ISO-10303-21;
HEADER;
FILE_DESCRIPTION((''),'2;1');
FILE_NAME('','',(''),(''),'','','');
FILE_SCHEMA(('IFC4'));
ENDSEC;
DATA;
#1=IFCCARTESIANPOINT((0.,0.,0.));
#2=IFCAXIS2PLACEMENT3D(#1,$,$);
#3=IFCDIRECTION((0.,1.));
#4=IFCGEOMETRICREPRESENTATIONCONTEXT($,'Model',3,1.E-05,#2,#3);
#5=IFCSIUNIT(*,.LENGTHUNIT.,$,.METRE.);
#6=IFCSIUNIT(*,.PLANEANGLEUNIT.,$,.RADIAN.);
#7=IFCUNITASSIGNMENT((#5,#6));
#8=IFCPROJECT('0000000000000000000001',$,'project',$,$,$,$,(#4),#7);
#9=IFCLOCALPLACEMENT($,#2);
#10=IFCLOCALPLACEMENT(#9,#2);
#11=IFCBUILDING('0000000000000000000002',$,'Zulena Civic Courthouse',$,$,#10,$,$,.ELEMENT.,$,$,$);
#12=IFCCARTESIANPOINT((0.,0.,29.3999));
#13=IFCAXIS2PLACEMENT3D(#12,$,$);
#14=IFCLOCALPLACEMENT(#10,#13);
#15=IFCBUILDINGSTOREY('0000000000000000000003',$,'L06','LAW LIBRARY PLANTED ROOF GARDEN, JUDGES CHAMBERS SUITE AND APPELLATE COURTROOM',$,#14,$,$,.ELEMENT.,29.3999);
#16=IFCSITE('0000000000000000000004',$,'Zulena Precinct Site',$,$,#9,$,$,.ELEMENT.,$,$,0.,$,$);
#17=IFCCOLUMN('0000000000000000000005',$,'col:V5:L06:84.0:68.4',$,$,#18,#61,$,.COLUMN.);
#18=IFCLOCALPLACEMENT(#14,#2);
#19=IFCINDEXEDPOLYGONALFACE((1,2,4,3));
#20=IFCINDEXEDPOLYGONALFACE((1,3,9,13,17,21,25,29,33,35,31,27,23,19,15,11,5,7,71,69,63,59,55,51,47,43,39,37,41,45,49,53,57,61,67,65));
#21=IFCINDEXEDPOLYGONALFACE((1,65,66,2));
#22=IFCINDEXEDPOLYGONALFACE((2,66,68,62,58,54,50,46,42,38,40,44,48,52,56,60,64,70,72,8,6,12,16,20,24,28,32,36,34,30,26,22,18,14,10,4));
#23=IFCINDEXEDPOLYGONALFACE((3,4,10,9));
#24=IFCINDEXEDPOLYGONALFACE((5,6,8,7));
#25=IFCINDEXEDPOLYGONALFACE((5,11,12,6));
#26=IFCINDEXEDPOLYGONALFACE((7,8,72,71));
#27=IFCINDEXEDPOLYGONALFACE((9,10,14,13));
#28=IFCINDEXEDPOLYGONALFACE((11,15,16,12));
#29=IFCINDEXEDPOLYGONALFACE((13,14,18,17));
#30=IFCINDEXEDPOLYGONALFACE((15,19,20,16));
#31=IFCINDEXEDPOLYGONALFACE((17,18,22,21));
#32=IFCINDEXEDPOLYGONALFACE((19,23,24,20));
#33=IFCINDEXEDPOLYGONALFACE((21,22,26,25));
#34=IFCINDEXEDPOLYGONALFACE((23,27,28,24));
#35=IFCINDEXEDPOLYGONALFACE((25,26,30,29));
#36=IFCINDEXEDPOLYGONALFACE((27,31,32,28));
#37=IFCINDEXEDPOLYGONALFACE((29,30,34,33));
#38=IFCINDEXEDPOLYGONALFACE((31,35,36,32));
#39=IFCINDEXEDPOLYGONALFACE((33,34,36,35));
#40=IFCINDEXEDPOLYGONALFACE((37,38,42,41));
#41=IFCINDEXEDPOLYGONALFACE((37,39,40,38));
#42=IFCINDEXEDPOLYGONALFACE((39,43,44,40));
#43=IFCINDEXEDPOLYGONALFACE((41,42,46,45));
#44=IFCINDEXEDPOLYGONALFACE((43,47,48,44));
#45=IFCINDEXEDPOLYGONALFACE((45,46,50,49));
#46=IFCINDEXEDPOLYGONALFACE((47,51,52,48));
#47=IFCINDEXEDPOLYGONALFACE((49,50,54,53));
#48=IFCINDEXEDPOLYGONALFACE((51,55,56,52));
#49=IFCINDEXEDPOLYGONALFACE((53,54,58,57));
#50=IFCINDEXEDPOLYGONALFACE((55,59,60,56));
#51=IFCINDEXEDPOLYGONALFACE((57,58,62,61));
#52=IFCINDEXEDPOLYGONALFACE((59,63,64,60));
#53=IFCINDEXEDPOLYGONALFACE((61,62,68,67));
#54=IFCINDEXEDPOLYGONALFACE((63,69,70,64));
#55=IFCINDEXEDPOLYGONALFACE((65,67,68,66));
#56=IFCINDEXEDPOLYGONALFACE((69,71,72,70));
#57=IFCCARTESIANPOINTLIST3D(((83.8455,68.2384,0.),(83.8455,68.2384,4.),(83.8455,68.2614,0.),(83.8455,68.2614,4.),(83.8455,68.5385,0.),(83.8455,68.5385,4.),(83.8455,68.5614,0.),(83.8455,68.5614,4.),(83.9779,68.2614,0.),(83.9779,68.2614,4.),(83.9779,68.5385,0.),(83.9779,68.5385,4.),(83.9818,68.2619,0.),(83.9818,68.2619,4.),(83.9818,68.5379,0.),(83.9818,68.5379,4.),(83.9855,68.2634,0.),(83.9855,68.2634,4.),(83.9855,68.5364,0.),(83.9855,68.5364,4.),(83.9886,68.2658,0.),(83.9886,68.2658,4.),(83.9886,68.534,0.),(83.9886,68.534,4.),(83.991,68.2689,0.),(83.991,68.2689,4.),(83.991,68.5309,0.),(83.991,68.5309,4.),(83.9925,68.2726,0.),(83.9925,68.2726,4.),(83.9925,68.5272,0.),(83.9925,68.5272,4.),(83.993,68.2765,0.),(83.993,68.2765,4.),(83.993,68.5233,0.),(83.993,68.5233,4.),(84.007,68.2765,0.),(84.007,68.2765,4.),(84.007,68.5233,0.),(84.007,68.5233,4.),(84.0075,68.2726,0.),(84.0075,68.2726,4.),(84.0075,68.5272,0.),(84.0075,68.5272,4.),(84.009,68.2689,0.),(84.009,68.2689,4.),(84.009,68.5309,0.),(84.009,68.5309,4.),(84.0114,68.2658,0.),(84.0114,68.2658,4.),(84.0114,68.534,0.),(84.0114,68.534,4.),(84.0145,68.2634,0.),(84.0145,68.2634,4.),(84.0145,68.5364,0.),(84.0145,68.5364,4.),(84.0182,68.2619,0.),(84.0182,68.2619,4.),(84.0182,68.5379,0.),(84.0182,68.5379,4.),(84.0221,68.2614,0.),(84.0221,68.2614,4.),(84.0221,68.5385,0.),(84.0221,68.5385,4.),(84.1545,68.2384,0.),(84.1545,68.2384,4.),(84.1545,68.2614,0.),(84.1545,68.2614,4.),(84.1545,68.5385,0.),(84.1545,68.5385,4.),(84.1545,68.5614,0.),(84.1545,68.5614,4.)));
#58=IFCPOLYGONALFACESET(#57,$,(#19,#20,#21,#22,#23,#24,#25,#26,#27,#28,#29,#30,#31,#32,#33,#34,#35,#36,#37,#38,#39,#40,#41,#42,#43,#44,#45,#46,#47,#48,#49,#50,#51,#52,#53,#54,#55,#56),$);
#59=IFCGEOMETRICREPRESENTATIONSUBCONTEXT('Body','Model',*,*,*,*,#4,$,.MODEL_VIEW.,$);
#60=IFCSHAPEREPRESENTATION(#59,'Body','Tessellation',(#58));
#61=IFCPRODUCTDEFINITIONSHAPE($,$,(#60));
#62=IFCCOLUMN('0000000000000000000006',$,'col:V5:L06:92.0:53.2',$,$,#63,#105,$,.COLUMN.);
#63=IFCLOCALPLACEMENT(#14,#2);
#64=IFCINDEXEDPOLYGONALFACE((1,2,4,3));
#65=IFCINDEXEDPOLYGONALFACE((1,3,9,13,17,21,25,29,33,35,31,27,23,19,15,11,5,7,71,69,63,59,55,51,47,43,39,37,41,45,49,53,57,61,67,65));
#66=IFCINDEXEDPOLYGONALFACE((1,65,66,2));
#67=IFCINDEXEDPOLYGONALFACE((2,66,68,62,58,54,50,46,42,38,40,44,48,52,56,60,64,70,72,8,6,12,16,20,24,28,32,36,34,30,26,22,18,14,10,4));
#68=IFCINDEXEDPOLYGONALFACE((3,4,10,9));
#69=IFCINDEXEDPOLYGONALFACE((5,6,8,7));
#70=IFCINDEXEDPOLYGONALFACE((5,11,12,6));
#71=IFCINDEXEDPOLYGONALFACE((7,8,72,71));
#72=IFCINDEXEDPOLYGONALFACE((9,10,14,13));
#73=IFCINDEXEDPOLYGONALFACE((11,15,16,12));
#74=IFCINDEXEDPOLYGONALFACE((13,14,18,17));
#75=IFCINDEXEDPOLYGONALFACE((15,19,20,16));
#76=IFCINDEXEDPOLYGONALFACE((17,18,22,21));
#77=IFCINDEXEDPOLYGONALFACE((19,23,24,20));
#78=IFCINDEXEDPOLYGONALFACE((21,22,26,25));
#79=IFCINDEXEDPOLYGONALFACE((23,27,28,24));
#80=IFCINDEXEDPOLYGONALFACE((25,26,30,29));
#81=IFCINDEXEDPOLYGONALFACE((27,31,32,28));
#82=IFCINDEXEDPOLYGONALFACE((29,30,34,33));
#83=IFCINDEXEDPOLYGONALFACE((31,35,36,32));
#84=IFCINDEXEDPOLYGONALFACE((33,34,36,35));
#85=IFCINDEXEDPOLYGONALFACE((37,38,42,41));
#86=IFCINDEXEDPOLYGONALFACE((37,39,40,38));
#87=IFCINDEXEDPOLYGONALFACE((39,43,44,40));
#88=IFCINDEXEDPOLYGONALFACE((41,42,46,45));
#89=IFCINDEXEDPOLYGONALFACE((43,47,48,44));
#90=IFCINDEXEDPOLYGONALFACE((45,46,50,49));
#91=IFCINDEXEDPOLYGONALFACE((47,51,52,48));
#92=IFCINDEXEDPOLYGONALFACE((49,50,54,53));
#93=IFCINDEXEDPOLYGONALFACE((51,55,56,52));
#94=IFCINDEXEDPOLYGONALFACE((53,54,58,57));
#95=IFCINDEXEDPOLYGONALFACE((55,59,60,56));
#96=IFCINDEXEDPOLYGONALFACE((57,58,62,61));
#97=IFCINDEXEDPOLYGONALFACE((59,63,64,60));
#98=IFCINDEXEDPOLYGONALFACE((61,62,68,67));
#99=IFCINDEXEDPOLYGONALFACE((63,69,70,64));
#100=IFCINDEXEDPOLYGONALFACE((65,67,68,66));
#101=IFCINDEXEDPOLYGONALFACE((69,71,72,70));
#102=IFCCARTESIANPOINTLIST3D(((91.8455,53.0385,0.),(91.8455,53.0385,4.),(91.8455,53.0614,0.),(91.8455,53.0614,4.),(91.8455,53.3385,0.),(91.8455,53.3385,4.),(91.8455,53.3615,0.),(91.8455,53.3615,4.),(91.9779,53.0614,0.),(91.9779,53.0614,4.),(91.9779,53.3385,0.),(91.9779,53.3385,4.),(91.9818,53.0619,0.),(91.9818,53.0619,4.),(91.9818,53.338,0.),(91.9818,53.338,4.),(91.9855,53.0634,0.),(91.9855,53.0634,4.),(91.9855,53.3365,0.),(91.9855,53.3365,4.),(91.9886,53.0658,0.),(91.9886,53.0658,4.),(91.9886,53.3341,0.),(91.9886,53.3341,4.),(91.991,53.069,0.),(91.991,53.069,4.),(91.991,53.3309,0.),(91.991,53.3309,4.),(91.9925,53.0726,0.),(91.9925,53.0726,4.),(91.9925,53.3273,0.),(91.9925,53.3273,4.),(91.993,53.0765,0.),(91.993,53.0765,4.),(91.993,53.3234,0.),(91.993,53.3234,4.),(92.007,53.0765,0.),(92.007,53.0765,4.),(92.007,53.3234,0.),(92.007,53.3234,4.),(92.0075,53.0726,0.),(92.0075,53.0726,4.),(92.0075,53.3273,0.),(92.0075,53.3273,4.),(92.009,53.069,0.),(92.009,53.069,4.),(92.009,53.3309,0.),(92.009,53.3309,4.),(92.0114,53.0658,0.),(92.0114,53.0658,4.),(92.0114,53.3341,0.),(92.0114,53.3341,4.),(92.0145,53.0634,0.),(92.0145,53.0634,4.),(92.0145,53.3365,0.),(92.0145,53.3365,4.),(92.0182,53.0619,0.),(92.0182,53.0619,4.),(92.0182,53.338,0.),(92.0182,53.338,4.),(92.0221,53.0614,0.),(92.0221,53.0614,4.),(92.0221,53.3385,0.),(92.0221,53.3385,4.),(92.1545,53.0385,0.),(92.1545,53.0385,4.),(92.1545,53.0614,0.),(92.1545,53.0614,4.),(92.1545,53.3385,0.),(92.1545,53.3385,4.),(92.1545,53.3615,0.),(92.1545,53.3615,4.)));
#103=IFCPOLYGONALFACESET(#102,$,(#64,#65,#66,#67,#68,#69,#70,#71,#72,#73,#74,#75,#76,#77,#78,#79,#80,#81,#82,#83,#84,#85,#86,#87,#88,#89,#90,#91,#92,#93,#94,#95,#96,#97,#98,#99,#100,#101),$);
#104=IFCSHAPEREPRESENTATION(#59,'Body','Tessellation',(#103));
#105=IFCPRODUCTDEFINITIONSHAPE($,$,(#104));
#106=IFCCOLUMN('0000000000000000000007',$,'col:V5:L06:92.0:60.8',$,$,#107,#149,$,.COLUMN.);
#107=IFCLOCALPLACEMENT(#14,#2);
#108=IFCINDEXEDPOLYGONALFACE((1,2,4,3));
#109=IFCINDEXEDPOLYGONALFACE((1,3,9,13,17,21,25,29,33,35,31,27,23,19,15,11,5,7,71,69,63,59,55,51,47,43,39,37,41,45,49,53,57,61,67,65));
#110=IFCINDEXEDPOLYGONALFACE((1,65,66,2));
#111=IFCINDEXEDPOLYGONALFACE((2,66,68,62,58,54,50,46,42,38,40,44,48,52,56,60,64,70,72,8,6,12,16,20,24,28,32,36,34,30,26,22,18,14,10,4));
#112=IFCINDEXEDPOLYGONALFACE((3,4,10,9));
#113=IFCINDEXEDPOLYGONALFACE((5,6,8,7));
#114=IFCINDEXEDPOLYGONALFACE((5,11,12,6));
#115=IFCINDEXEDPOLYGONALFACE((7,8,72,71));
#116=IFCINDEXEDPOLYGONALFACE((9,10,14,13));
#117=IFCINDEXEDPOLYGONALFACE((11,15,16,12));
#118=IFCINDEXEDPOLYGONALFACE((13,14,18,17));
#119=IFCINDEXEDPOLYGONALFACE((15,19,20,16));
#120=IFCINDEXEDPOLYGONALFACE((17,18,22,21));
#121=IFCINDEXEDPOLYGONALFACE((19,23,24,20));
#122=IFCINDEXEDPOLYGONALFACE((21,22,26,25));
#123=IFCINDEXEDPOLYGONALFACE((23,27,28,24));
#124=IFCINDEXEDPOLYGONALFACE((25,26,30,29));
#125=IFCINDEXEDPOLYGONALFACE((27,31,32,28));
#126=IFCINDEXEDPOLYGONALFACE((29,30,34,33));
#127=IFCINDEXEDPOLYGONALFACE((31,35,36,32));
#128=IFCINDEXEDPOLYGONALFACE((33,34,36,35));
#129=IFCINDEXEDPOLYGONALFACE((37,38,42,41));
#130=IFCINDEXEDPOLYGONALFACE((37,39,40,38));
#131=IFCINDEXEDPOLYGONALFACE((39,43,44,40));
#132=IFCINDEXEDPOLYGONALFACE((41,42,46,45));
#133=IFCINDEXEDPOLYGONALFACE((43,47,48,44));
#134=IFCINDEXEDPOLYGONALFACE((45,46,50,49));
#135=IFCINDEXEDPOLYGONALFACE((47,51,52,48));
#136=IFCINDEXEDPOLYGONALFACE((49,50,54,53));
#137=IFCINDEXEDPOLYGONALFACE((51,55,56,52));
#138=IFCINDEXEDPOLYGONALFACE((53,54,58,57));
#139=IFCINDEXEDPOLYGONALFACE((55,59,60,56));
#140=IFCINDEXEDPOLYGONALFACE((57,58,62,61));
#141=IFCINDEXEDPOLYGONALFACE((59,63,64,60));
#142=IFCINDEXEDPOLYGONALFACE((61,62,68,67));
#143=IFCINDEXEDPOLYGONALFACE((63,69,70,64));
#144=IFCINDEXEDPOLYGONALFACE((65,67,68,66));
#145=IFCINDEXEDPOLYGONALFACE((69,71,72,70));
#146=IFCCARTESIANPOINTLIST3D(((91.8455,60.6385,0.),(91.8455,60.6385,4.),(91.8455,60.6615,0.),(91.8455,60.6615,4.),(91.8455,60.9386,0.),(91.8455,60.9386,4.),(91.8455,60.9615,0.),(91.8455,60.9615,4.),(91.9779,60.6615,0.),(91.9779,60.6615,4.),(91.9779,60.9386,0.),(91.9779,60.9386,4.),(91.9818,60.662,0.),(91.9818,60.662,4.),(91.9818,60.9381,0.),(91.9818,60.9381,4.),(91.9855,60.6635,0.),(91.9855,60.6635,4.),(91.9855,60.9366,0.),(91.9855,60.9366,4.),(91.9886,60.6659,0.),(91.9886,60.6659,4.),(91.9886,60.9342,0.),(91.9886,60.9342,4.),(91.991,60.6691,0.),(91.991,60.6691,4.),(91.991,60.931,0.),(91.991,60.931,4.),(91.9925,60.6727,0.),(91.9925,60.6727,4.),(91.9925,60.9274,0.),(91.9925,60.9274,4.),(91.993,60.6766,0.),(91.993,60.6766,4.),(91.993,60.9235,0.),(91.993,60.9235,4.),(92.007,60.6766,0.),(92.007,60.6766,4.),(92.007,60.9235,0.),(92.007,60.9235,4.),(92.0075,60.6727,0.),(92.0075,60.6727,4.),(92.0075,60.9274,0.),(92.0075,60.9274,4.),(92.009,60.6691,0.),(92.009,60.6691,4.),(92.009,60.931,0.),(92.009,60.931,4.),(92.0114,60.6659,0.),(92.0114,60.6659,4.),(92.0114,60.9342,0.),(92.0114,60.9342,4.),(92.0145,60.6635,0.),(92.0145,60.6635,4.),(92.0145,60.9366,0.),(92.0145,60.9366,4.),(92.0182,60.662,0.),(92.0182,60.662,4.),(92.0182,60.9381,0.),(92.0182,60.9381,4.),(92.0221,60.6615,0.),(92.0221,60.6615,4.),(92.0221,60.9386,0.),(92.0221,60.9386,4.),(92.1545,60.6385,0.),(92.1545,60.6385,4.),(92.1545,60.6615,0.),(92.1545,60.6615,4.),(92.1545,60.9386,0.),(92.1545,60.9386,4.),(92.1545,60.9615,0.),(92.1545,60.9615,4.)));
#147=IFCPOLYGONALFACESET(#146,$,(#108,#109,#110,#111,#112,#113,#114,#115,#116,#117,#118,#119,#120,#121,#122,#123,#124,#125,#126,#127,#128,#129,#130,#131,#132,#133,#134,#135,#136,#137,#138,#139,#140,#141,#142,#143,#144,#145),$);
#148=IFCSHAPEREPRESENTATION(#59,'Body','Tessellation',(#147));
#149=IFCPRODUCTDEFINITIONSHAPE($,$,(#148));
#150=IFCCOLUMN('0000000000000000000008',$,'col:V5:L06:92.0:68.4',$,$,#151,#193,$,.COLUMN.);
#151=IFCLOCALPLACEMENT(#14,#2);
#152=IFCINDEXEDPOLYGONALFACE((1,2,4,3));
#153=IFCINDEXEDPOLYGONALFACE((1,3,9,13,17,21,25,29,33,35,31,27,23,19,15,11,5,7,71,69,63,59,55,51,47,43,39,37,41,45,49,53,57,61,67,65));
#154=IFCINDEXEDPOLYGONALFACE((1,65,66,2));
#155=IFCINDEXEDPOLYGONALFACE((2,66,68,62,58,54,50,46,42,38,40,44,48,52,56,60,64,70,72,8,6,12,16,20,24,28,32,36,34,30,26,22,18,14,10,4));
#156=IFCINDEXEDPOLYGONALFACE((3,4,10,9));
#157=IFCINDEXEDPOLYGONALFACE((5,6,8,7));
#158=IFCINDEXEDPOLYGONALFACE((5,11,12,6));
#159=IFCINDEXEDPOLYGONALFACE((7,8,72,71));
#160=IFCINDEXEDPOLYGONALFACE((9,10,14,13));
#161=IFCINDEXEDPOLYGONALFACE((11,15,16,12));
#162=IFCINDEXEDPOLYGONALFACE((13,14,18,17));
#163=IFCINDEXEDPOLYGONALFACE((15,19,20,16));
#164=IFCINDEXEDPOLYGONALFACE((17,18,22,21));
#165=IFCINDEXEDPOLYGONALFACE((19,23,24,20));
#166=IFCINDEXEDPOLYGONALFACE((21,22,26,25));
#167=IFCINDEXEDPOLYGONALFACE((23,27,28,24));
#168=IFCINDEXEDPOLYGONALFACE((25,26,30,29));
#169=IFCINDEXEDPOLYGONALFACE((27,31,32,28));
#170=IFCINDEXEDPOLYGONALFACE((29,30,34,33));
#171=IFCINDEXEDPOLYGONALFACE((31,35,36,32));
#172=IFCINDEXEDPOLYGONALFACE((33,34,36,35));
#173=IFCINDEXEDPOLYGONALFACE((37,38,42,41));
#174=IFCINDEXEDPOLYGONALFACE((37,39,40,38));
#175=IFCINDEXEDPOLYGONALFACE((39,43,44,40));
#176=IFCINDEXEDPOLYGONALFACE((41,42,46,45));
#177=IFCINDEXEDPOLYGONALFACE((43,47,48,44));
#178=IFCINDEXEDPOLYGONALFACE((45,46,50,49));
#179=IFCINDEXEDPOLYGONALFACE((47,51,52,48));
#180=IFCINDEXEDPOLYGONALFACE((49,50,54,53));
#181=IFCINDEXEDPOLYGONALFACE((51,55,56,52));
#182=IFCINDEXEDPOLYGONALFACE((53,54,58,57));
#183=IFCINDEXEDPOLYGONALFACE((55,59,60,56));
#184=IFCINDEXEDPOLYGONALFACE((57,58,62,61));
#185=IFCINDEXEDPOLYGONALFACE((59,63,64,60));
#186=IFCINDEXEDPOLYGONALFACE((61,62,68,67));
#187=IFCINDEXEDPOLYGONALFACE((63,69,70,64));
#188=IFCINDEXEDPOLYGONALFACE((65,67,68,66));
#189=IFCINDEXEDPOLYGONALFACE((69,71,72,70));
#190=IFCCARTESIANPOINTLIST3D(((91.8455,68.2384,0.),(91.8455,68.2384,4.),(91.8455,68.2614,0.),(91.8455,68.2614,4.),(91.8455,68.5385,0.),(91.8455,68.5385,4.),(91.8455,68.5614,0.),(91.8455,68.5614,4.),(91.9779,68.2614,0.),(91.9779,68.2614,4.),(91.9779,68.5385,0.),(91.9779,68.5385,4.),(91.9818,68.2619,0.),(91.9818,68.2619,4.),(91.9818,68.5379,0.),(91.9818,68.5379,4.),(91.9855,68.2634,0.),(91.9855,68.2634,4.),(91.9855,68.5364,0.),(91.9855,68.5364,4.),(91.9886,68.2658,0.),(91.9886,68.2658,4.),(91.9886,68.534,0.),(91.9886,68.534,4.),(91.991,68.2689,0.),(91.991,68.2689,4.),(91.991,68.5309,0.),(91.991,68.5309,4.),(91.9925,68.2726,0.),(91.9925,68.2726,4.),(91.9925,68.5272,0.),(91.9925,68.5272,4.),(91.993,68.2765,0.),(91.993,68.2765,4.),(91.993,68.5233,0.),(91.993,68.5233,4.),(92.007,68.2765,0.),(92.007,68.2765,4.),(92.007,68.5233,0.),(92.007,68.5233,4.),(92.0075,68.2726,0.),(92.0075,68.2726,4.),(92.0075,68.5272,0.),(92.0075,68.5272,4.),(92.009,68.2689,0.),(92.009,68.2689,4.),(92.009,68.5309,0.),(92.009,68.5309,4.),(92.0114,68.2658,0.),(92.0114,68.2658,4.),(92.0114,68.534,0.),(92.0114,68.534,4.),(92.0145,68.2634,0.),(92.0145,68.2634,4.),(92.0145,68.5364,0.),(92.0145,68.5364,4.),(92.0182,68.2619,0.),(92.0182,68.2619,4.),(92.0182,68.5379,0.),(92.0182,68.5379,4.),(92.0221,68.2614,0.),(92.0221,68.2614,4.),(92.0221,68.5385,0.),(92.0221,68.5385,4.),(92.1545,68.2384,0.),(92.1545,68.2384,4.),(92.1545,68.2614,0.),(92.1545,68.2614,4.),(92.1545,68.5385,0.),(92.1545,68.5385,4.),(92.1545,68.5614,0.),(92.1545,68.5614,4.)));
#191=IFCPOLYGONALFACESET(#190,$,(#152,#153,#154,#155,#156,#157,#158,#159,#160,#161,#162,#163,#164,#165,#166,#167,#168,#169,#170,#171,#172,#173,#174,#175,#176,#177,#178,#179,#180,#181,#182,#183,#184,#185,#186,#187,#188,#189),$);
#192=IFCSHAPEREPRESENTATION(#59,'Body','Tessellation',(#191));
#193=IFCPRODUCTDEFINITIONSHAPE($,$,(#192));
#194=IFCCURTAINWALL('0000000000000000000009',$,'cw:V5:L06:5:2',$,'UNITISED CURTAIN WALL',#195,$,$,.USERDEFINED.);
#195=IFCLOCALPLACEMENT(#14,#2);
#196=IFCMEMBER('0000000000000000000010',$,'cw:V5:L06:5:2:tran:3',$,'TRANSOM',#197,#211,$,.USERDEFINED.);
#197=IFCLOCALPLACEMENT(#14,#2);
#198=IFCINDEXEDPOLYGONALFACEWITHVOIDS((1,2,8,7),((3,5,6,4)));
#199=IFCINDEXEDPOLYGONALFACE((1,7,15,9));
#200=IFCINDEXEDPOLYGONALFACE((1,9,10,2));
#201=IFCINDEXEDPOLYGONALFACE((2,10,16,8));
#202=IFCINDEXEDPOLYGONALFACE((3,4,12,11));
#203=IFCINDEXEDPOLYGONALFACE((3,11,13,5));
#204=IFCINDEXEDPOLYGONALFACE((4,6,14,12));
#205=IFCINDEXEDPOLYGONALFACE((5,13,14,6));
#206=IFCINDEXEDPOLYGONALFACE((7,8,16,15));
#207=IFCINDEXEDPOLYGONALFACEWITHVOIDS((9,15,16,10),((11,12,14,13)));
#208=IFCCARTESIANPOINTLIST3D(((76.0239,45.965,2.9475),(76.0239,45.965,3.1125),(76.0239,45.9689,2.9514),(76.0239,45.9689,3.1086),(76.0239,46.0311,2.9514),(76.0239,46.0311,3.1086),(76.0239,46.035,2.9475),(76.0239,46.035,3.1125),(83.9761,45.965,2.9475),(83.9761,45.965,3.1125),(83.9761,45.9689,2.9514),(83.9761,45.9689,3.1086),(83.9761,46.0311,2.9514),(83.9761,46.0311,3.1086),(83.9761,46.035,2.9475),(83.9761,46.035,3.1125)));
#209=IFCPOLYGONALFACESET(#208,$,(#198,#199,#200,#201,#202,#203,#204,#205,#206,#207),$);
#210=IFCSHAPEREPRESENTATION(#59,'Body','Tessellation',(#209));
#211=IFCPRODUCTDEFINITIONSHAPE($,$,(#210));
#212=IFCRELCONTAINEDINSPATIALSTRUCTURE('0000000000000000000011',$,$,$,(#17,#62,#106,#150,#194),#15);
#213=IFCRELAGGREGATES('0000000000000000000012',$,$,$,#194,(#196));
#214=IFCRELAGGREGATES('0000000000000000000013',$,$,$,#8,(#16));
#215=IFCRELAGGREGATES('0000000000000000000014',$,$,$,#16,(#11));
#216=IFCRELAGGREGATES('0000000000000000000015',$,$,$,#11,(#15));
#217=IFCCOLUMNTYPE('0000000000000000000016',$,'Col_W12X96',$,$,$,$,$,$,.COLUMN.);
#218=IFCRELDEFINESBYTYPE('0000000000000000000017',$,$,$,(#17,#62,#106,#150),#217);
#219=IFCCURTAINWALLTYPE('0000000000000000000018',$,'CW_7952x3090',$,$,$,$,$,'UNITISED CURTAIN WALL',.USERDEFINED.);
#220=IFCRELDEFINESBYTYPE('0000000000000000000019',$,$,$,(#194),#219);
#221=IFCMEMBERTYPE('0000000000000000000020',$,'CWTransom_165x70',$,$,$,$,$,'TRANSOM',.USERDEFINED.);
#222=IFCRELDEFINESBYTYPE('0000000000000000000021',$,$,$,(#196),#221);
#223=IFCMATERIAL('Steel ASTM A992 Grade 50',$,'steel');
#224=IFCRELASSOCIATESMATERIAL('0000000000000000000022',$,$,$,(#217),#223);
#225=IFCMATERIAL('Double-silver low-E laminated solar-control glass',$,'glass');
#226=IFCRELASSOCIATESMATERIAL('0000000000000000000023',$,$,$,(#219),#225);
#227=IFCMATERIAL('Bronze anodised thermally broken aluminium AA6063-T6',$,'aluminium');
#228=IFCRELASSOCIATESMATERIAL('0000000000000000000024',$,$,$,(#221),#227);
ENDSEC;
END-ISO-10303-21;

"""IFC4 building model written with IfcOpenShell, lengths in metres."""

from ifc_helpers import new_model, si_unit, direction, frame, origin, origin_2d, place, context, subcontext, project, spatial, hollow_rectangle, i_section, extrude, material, material_profile, profile_set, type_object, element, aggregate, save


model = new_model("IFC4")

# Units and contexts
model_context = context("Model", 3, precision=1e-05, world=origin(), true_north=direction((0.0, 1.0)))
body_context = subcontext(model_context, "Body", "Model", "MODEL_VIEW")
ifc_project = project(units=[si_unit("LENGTHUNIT", "METRE"), si_unit("PLANEANGLEUNIT", "RADIAN")], contexts=[model_context])

# Site, building, storey
site_placement = place(None, origin())
site = spatial("IfcSite", under=ifc_project, at=site_placement, Name="Zulena Precinct Site", CompositionType="ELEMENT", RefElevation=0.0)
building_placement = place(site_placement, origin())
building = spatial("IfcBuilding", under=site, at=building_placement, Name="Zulena Civic Courthouse", CompositionType="ELEMENT")
storey_placement = place(building_placement, frame((0.0, 0.0, 29.3999)))
storey = spatial("IfcBuildingStorey", under=building, at=storey_placement, Name="L06", Description="LAW LIBRARY PLANTED ROOF GARDEN, JUDGES CHAMBERS SUITE AND APPELLATE COURTROOM", CompositionType="ELEMENT", Elevation=29.3999)

# Columns
ifc_material_1 = material(Name="Steel ASTM A992 Grade 50", Category="steel")
ifc_material_profile_1 = material_profile(ifc_material_1, i_section(OverallWidth=0.3091, OverallDepth=0.323, WebThickness=0.0139, FlangeThickness=0.0229, FilletRadius=0.0151, at=origin_2d()), Name="W12X96")
ifc_profile_set_1 = profile_set([ifc_material_profile_1], Name="Steel ASTM A992 Grade 50")
column_type_1 = type_object("IfcColumnType", Name="Col_W12X96", PredefinedType="COLUMN", material=ifc_profile_set_1)
for number, where, z_axis, x_axis, name in (
    (1, (84.0, 68.3999, 0.0), (0.0, 0.0, 1.0), (1.0, 0.0, 0.0), "col:V5:L06:84.0:68.4"),
    (2, (92.0, 53.2, 0.0), (0.0, 0.0, 1.0), (1.0, 0.0, 0.0), "col:V5:L06:92.0:53.2"),
    (3, (92.0, 60.8, 0.0), (0.0, 0.0, 1.0), (1.0, 0.0, 0.0), "col:V5:L06:92.0:60.8"),
    (4, (92.0, 68.3999, 0.0), (0.0, 0.0, 1.0), (1.0, 0.0, 0.0), "col:V5:L06:92.0:68.4"),
):
    element("IfcColumn", number, at=place(storey_placement, frame(where, z_axis=z_axis, x_axis=x_axis)), inside=storey, type_object=column_type_1, Name=name, PredefinedType="COLUMN", context=body_context, shape_type="SweptSolid", body=[
        extrude(i_section(OverallWidth=0.3091, OverallDepth=0.323, WebThickness=0.0139, FlangeThickness=0.0229, FilletRadius=0.0151, at=origin_2d()), origin(), (0.0, 0.0, 1.0), 4.0),
    ])

# Curtain wall, member
ifc_material_2 = material(Name="Double-silver low-E laminated solar-control glass", Category="glass")
curtain_wall_type = type_object("IfcCurtainWallType", Name="CW_7952x3090", ElementType="UNITISED CURTAIN WALL", PredefinedType="USERDEFINED", material=ifc_material_2)
curtain_wall_placement = place(storey_placement, origin())
curtain_wall = element("IfcCurtainWall", 5, at=curtain_wall_placement, inside=storey, type_object=curtain_wall_type, Name="cw:V5:L06:5:2", ObjectType="UNITISED CURTAIN WALL", PredefinedType="USERDEFINED")
ifc_material_3 = material(Name="Bronze anodised thermally broken aluminium AA6063-T6", Category="aluminium")
ifc_material_profile_2 = material_profile(ifc_material_3, hollow_rectangle(XDim=0.0701, YDim=0.165, WallThickness=0.0039, at=origin_2d()), Name="CWT165X70X4")
ifc_profile_set_2 = profile_set([ifc_material_profile_2], Name="Bronze anodised thermally broken aluminium AA6063-T6")
member_type = type_object("IfcMemberType", Name="CWTransom_165x70", ElementType="TRANSOM", PredefinedType="USERDEFINED", material=ifc_profile_set_2)
member_placement = place(storey_placement, frame((83.9761, 46.0, 3.03), z_axis=(-1.0, 0.0, 0.0), x_axis=(0.0, -1.0, 0.0)))
member = element("IfcMember", 6, at=member_placement, type_object=member_type, Name="cw:V5:L06:5:2:tran:3", ObjectType="TRANSOM", PredefinedType="USERDEFINED", context=body_context, shape_type="SweptSolid", body=[
    extrude(hollow_rectangle(XDim=0.0701, YDim=0.165, WallThickness=0.0039, at=origin_2d()), origin(), (0.0, 0.0, 1.0), 7.9521),
])
aggregate(curtain_wall, [member])

save(model, "model.ifc")
